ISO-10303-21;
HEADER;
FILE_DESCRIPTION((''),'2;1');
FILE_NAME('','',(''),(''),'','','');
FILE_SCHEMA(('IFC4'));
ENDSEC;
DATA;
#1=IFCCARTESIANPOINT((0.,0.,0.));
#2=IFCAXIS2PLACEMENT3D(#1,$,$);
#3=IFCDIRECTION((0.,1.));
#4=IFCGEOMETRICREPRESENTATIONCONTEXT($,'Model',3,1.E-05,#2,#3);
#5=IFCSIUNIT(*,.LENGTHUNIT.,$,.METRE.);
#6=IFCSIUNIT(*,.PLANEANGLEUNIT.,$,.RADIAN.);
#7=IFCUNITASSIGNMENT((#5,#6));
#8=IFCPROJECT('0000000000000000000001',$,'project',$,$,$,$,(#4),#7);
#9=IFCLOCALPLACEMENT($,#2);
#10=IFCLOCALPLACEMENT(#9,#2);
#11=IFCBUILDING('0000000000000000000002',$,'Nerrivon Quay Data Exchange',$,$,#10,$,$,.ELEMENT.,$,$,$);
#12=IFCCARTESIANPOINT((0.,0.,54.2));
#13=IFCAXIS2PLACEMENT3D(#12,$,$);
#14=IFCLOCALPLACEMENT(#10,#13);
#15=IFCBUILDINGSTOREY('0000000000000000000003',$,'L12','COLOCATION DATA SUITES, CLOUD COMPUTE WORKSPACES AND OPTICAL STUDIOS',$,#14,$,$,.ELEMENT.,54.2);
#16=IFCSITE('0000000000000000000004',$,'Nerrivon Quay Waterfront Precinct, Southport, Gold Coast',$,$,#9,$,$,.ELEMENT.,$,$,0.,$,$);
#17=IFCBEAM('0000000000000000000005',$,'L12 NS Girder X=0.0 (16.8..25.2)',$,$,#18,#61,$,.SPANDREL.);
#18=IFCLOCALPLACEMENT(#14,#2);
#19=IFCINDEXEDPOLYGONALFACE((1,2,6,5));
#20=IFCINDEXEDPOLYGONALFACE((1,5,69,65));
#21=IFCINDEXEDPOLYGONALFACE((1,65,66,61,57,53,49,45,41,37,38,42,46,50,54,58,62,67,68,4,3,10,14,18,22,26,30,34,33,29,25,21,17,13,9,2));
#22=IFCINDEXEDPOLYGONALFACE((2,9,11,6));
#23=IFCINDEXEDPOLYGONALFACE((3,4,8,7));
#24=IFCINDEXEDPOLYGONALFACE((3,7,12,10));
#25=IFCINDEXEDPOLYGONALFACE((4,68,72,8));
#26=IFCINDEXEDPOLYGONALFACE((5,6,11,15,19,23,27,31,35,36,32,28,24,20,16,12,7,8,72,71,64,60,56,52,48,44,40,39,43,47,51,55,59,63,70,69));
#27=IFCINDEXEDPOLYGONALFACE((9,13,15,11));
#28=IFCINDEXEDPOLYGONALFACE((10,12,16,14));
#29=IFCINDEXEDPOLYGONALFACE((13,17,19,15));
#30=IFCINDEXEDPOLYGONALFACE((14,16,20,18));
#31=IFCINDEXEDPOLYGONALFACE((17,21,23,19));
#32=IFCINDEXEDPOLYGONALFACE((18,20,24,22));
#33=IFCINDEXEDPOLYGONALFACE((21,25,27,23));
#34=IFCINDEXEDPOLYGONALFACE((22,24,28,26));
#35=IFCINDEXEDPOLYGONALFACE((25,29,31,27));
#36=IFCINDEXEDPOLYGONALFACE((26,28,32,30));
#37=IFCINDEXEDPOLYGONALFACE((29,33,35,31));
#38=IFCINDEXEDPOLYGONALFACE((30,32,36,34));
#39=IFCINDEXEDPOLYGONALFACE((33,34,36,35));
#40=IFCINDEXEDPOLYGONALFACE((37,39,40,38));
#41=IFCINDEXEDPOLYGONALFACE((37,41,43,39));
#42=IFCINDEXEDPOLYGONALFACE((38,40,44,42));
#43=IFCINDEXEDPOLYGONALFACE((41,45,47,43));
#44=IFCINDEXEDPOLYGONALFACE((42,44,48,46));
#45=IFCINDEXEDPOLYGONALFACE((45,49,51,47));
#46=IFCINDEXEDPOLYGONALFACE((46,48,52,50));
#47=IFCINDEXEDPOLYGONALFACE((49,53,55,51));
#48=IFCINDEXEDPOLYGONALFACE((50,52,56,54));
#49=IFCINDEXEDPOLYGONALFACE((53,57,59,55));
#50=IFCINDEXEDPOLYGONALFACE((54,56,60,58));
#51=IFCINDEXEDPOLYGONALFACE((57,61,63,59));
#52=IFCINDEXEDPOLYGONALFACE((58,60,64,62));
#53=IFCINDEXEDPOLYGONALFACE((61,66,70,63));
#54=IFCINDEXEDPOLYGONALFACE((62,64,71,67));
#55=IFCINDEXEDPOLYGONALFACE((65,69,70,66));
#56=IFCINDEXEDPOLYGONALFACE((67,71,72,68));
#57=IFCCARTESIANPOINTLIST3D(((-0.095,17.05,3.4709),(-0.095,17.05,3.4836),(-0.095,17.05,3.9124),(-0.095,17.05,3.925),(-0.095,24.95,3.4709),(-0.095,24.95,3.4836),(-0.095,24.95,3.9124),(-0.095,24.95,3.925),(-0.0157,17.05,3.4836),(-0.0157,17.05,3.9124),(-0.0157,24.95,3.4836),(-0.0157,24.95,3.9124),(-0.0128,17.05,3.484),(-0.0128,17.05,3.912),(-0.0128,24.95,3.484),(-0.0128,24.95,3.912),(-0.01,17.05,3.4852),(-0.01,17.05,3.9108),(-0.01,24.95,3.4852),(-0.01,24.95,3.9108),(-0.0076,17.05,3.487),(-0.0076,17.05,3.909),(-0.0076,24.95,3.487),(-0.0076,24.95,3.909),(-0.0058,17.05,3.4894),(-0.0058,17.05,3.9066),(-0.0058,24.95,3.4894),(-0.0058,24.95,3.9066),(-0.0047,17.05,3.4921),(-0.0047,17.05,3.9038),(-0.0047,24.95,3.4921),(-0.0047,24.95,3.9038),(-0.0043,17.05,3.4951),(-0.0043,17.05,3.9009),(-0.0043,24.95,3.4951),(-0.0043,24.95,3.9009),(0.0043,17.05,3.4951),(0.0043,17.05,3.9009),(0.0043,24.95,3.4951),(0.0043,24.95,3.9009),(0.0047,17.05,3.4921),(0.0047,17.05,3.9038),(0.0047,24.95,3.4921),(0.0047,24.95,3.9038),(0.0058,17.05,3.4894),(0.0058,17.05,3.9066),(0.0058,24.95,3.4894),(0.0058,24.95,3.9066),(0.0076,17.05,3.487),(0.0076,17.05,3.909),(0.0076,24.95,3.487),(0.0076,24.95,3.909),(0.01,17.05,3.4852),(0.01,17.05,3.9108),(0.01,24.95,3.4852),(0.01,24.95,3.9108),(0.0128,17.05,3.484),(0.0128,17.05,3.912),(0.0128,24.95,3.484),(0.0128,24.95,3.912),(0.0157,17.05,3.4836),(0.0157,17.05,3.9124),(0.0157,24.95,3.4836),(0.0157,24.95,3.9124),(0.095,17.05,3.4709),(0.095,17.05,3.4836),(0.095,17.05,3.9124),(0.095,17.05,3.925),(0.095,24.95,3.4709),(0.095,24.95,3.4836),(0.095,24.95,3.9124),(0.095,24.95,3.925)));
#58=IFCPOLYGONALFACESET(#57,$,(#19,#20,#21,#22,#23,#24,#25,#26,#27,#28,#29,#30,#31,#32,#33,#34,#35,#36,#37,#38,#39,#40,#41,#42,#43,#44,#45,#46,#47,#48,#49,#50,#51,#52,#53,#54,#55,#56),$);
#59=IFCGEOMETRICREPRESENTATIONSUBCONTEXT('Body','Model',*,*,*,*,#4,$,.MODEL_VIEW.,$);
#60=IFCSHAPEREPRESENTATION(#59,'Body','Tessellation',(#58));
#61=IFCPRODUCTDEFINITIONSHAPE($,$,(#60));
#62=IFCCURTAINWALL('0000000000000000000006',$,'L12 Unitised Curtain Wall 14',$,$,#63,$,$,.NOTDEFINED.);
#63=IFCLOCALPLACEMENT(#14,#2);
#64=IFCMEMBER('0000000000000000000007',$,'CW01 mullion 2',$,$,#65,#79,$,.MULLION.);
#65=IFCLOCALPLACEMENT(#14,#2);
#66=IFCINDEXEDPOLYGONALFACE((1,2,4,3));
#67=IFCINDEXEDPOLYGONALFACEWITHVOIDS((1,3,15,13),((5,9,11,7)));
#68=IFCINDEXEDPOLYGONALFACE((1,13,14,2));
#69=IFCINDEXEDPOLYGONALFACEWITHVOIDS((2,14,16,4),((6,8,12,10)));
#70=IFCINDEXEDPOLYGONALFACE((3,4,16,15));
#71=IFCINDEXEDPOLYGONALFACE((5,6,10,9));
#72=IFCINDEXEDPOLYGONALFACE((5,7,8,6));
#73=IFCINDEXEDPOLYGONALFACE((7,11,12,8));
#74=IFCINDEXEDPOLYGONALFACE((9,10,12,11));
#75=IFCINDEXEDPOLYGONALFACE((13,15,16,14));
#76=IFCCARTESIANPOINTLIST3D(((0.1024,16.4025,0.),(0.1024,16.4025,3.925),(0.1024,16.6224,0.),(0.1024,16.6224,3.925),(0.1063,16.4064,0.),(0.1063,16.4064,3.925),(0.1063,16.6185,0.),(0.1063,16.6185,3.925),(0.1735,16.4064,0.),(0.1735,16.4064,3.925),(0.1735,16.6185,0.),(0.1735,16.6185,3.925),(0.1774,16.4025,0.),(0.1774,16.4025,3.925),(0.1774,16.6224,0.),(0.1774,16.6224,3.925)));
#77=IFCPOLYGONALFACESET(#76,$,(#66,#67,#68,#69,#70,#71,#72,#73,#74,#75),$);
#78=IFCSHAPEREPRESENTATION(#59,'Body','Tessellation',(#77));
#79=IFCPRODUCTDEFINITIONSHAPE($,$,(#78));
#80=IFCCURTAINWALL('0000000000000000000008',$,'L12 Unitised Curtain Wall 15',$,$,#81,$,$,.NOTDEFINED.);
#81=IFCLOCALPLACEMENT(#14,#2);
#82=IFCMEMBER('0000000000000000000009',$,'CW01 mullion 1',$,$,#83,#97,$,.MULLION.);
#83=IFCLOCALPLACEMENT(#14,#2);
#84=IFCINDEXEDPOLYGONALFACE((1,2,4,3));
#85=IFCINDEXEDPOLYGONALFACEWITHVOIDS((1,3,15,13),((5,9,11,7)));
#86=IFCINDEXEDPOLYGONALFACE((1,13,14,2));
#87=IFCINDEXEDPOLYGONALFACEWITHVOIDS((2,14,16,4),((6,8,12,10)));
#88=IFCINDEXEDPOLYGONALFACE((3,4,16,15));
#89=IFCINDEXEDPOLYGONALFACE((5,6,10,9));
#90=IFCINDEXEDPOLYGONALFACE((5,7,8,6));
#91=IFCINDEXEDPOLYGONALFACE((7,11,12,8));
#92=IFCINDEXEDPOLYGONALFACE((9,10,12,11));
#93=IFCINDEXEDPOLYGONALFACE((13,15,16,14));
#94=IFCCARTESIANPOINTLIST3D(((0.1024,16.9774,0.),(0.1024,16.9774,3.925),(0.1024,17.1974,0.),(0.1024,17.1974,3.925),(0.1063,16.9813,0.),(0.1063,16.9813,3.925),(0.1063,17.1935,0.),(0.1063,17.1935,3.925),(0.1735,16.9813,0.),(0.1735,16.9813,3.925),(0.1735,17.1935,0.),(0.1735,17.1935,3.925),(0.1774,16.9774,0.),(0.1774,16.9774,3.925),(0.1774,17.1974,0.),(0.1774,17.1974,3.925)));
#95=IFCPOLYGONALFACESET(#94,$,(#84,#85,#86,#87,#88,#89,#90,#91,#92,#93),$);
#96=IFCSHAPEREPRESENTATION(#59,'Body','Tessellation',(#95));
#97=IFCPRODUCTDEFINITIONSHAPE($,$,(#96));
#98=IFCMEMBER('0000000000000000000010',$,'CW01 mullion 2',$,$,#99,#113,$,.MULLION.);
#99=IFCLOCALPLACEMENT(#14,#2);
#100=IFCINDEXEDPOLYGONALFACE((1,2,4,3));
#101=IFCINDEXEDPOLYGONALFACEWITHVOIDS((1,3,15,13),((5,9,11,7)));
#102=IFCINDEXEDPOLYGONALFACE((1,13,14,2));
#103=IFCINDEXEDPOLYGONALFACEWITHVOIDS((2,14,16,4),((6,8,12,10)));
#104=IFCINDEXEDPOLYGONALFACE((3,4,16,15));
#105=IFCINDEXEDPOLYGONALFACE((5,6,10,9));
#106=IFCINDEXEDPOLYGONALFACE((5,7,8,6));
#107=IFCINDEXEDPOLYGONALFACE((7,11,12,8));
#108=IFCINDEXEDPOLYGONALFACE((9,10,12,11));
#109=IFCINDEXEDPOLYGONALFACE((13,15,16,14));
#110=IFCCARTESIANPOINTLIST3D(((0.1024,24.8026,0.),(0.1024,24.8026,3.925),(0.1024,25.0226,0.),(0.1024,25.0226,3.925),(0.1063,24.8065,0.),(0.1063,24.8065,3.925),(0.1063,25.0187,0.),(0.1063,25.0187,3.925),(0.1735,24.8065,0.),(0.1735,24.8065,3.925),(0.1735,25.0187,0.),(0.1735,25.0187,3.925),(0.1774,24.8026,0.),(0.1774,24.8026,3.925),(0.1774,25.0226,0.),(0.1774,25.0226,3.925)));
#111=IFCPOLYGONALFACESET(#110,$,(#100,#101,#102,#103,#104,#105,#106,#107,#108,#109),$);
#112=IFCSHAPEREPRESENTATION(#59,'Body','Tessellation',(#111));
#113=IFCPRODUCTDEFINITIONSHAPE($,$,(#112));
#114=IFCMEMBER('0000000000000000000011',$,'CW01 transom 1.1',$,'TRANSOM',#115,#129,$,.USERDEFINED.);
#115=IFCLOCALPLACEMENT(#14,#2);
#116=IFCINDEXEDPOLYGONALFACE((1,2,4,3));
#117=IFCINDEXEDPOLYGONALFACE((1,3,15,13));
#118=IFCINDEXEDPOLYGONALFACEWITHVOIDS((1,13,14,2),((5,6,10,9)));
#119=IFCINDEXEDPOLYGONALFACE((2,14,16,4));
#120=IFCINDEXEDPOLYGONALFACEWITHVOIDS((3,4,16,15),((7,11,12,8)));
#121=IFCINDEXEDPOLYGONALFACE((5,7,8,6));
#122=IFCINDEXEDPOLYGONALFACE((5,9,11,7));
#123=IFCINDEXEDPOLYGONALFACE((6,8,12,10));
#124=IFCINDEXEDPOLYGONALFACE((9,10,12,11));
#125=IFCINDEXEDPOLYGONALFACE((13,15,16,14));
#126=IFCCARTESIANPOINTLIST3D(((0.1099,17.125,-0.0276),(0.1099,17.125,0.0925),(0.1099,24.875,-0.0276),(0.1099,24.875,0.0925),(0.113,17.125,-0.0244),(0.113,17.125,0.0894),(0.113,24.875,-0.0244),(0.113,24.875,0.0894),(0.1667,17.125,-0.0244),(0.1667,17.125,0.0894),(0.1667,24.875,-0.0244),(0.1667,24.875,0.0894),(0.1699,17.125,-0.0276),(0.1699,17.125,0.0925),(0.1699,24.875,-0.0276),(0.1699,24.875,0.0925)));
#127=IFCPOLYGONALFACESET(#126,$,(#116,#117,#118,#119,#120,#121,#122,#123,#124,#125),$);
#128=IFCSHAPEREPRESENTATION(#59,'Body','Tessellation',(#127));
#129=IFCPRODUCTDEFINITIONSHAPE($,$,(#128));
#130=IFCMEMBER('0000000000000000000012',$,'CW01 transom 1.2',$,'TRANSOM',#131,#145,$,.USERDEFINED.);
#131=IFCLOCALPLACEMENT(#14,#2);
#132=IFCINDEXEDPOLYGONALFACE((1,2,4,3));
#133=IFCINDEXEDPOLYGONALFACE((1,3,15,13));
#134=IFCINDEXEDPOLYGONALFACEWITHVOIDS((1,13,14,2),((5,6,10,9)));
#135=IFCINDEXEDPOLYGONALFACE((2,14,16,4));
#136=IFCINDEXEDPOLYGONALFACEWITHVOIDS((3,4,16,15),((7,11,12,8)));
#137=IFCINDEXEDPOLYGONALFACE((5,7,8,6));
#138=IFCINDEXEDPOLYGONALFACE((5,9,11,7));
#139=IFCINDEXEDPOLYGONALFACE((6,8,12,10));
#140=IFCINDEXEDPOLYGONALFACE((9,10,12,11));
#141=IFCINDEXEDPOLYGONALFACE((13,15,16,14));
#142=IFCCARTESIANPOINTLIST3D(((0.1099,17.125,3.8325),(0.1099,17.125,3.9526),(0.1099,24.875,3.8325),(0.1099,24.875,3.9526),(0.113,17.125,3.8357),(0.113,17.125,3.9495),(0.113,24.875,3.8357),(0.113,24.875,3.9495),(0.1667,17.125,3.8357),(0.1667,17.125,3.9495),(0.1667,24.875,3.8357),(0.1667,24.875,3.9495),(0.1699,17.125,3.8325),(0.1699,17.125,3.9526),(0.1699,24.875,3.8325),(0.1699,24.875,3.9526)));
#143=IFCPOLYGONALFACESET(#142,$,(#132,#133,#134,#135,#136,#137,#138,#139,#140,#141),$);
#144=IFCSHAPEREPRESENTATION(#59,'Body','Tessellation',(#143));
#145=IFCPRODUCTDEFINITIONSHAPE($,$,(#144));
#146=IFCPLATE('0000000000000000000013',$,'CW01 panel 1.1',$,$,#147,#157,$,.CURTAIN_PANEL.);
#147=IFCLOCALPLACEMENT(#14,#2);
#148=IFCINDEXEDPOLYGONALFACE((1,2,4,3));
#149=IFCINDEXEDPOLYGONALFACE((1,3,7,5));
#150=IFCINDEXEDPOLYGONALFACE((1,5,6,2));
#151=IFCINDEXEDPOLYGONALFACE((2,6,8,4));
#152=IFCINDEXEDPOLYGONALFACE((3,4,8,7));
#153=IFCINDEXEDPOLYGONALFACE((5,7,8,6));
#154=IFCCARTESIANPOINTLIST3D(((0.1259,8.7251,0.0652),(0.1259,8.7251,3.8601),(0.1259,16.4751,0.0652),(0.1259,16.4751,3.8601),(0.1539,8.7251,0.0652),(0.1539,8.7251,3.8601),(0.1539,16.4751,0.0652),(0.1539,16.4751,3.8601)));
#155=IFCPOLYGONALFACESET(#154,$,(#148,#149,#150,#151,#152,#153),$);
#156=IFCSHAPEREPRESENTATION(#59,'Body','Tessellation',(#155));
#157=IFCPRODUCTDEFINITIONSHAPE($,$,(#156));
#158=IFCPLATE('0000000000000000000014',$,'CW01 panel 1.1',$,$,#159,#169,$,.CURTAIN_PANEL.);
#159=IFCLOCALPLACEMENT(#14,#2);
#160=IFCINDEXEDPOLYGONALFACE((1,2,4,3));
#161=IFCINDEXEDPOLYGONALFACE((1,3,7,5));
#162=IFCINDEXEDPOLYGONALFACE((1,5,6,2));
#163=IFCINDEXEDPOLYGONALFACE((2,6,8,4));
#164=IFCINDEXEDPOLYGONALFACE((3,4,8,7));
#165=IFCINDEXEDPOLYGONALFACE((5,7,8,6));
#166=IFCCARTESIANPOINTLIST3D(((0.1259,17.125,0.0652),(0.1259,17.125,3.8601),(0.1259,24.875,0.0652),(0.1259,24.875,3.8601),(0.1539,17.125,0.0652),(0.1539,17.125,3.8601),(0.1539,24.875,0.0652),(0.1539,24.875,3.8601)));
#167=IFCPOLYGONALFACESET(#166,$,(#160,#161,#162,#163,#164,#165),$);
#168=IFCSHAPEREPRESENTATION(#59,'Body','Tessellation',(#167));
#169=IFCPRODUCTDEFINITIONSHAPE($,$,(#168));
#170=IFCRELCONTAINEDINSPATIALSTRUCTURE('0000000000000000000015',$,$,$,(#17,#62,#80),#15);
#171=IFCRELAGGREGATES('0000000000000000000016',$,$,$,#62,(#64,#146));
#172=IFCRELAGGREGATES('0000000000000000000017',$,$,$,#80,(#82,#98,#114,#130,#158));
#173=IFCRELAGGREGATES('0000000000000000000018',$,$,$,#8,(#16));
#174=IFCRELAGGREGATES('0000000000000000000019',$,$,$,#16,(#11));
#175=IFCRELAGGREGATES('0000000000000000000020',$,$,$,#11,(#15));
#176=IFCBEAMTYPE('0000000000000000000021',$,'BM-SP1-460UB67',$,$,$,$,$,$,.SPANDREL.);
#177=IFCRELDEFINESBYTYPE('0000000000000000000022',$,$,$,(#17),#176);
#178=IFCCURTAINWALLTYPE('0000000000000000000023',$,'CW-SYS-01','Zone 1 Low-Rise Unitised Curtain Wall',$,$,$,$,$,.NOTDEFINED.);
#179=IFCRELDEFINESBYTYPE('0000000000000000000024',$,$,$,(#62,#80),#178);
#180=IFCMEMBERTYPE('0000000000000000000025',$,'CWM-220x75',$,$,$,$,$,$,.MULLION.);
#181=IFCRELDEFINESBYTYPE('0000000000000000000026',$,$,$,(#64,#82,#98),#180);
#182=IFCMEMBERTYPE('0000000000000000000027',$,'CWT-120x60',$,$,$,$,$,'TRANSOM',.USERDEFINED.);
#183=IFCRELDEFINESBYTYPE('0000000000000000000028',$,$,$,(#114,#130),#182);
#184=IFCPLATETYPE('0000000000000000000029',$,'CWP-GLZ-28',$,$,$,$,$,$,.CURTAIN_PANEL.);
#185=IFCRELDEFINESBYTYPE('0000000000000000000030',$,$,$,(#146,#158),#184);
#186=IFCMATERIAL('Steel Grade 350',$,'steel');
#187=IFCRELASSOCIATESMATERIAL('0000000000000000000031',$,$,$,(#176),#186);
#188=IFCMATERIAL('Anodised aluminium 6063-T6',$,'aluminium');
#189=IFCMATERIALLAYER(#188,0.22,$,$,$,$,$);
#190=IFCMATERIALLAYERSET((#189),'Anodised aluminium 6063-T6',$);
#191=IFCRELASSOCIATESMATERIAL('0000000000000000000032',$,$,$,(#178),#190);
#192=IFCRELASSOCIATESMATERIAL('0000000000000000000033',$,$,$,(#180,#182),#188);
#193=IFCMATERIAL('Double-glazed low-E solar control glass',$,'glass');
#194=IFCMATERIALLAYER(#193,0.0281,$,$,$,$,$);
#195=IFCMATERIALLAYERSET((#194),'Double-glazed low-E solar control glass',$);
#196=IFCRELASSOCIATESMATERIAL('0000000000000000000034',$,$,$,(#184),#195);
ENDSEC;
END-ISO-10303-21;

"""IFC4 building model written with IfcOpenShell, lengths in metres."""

from ifc_helpers import new_model, si_unit, direction, frame, origin, origin_2d, place, context, subcontext, project, spatial, rectangle, hollow_rectangle, i_section, extrude, material, layer, layer_set, material_profile, profile_set, type_object, element, aggregate, save


model = new_model("IFC4")

# Units and contexts
model_context = context("Model", 3, precision=1e-05, world=origin(), true_north=direction((0.0, 1.0)))
body_context = subcontext(model_context, "Body", "Model", "MODEL_VIEW")
ifc_project = project(units=[si_unit("LENGTHUNIT", "METRE"), si_unit("PLANEANGLEUNIT", "RADIAN")], contexts=[model_context])

# Site, building, storey
site_placement = place(None, origin())
site = spatial("IfcSite", under=ifc_project, at=site_placement, Name="Nerrivon Quay Waterfront Precinct, Southport, Gold Coast", CompositionType="ELEMENT", RefElevation=0.0)
building_placement = place(site_placement, origin())
building = spatial("IfcBuilding", under=site, at=building_placement, Name="Nerrivon Quay Data Exchange", CompositionType="ELEMENT")
storey_placement = place(building_placement, frame((0.0, 0.0, 54.2)))
storey = spatial("IfcBuildingStorey", under=building, at=storey_placement, Name="L12", Description="COLOCATION DATA SUITES, CLOUD COMPUTE WORKSPACES AND OPTICAL STUDIOS", CompositionType="ELEMENT", Elevation=54.2)

# Shared definitions
ifc_material_1 = material(Name="Steel Grade 350", Category="steel")

# Beam
ifc_material_profile_1 = material_profile(ifc_material_1, i_section(OverallWidth=0.1899, OverallDepth=0.4541, WebThickness=0.0085, FlangeThickness=0.0127, FilletRadius=0.0115, at=origin_2d()), Name="460UB67.1")
ifc_profile_set_1 = profile_set([ifc_material_profile_1], Name="Steel Grade 350")
beam_type_1 = type_object("IfcBeamType", Name="BM-SP1-460UB67", PredefinedType="SPANDREL", material=ifc_profile_set_1)
beam_1_placement = place(storey_placement, frame((0.0, 17.05, 3.698), z_axis=(0.0, 1.0, 0.0), x_axis=(-1.0, 0.0, 0.0)))
element("IfcBeam", 1, at=beam_1_placement, inside=storey, type_object=beam_type_1, Name="L12 NS Girder X=0.0 (16.8..25.2)", PredefinedType="SPANDREL", context=body_context, shape_type="SweptSolid", body=[
    extrude(i_section(OverallWidth=0.1899, OverallDepth=0.4541, WebThickness=0.0085, FlangeThickness=0.0127, FilletRadius=0.0115, at=origin_2d()), origin(), (0.0, 0.0, 1.0), 7.8999),
])

# Curtain wall, member
ifc_material_2 = material(Name="Anodised aluminium 6063-T6", Category="aluminium")
ifc_layer_1 = layer(ifc_material_2, 0.22)
ifc_layer_set_1 = layer_set([ifc_layer_1], Name="Anodised aluminium 6063-T6")
curtain_wall_type = type_object("IfcCurtainWallType", Name="CW-SYS-01", Description="Zone 1 Low-Rise Unitised Curtain Wall", PredefinedType="NOTDEFINED", material=ifc_layer_set_1)
curtain_wall_1_placement = place(storey_placement, origin())
curtain_wall_1 = element("IfcCurtainWall", 2, at=curtain_wall_1_placement, inside=storey, type_object=curtain_wall_type, Name="L12 Unitised Curtain Wall 14", PredefinedType="NOTDEFINED")
ifc_material_profile_2 = material_profile(ifc_material_2, hollow_rectangle(XDim=0.075, YDim=0.22, WallThickness=0.0039, at=origin_2d()), Name="ALU-MULL-220x75")
ifc_profile_set_2 = profile_set([ifc_material_profile_2], Name="Anodised aluminium 6063-T6")
member_type_1 = type_object("IfcMemberType", Name="CWM-220x75", PredefinedType="MULLION", material=ifc_profile_set_2)
member_1_placement = place(storey_placement, frame((0.1399, 16.5125, 0.0), z_axis=(0.0, 0.0, 1.0), x_axis=(-1.0, 0.0, 0.0)))
member_1 = element("IfcMember", 3, at=member_1_placement, type_object=member_type_1, Name="CW01 mullion 2", PredefinedType="MULLION", context=body_context, shape_type="SweptSolid", body=[
    extrude(hollow_rectangle(XDim=0.075, YDim=0.22, WallThickness=0.0039, at=origin_2d()), origin(), (0.0, 0.0, 1.0), 3.925),
])

# Curtain wall, members
curtain_wall_2_placement = place(storey_placement, origin())
curtain_wall_2 = element("IfcCurtainWall", 4, at=curtain_wall_2_placement, inside=storey, type_object=curtain_wall_type, Name="L12 Unitised Curtain Wall 15", PredefinedType="NOTDEFINED")
member_2_placement = place(storey_placement, frame((0.1399, 17.0874, 0.0), z_axis=(0.0, 0.0, 1.0), x_axis=(-1.0, 0.0, 0.0)))
member_2 = element("IfcMember", 5, at=member_2_placement, type_object=member_type_1, Name="CW01 mullion 1", PredefinedType="MULLION", context=body_context, shape_type="SweptSolid", body=[
    extrude(hollow_rectangle(XDim=0.075, YDim=0.22, WallThickness=0.0039, at=origin_2d()), origin(), (0.0, 0.0, 1.0), 3.925),
])
member_3_placement = place(storey_placement, frame((0.1399, 24.9126, 0.0), z_axis=(0.0, 0.0, 1.0), x_axis=(-1.0, 0.0, 0.0)))
member_3 = element("IfcMember", 6, at=member_3_placement, type_object=member_type_1, Name="CW01 mullion 2", PredefinedType="MULLION", context=body_context, shape_type="SweptSolid", body=[
    extrude(hollow_rectangle(XDim=0.075, YDim=0.22, WallThickness=0.0039, at=origin_2d()), origin(), (0.0, 0.0, 1.0), 3.925),
])
ifc_material_profile_3 = material_profile(ifc_material_2, hollow_rectangle(XDim=0.0601, YDim=0.1201, WallThickness=0.0032, at=origin_2d()), Name="ALU-TRAN-120x60")
ifc_profile_set_3 = profile_set([ifc_material_profile_3], Name="Anodised aluminium 6063-T6")
member_type_2 = type_object("IfcMemberType", Name="CWT-120x60", ElementType="TRANSOM", PredefinedType="USERDEFINED", material=ifc_profile_set_3)
member_4_placement = place(storey_placement, frame((0.1399, 17.125, 0.0325), z_axis=(0.0, 1.0, 0.0), x_axis=(-1.0, 0.0, 0.0)))
member_4 = element("IfcMember", 7, at=member_4_placement, type_object=member_type_2, Name="CW01 transom 1.1", ObjectType="TRANSOM", PredefinedType="USERDEFINED", context=body_context, shape_type="SweptSolid", body=[
    extrude(hollow_rectangle(XDim=0.0601, YDim=0.1201, WallThickness=0.0032, at=origin_2d()), origin(), (0.0, 0.0, 1.0), 7.75),
])
member_5_placement = place(storey_placement, frame((0.1399, 17.125, 3.8926), z_axis=(0.0, 1.0, 0.0), x_axis=(-1.0, 0.0, 0.0)))
member_5 = element("IfcMember", 8, at=member_5_placement, type_object=member_type_2, Name="CW01 transom 1.2", ObjectType="TRANSOM", PredefinedType="USERDEFINED", context=body_context, shape_type="SweptSolid", body=[
    extrude(hollow_rectangle(XDim=0.0601, YDim=0.1201, WallThickness=0.0032, at=origin_2d()), origin(), (0.0, 0.0, 1.0), 7.75),
])

# Plates
ifc_material_3 = material(Name="Double-glazed low-E solar control glass", Category="glass")
ifc_layer_2 = layer(ifc_material_3, 0.0281)
ifc_layer_set_2 = layer_set([ifc_layer_2], Name="Double-glazed low-E solar control glass")
plate_type = type_object("IfcPlateType", Name="CWP-GLZ-28", PredefinedType="CURTAIN_PANEL", material=ifc_layer_set_2)
plate_1_placement = place(storey_placement, frame((0.1399, 12.6001, 0.0652), z_axis=(0.0, 0.0, 1.0), x_axis=(0.0, 1.0, 0.0)))
plate_1 = element("IfcPlate", 9, at=plate_1_placement, type_object=plate_type, Name="CW01 panel 1.1", PredefinedType="CURTAIN_PANEL", context=body_context, shape_type="SweptSolid", body=[
    extrude(rectangle(XDim=7.75, YDim=0.0281, at=origin_2d()), origin(), (0.0, 0.0, 1.0), 3.7949),
])
aggregate(curtain_wall_1, [member_1, plate_1])
plate_2_placement = place(storey_placement, frame((0.1399, 21.0, 0.0652), z_axis=(0.0, 0.0, 1.0), x_axis=(0.0, 1.0, 0.0)))
plate_2 = element("IfcPlate", 10, at=plate_2_placement, type_object=plate_type, Name="CW01 panel 1.1", PredefinedType="CURTAIN_PANEL", context=body_context, shape_type="SweptSolid", body=[
    extrude(rectangle(XDim=7.75, YDim=0.0281, at=origin_2d()), origin(), (0.0, 0.0, 1.0), 3.7949),
])
aggregate(curtain_wall_2, [member_2, member_3, member_4, member_5, plate_2])

save(model, "model.ifc")
